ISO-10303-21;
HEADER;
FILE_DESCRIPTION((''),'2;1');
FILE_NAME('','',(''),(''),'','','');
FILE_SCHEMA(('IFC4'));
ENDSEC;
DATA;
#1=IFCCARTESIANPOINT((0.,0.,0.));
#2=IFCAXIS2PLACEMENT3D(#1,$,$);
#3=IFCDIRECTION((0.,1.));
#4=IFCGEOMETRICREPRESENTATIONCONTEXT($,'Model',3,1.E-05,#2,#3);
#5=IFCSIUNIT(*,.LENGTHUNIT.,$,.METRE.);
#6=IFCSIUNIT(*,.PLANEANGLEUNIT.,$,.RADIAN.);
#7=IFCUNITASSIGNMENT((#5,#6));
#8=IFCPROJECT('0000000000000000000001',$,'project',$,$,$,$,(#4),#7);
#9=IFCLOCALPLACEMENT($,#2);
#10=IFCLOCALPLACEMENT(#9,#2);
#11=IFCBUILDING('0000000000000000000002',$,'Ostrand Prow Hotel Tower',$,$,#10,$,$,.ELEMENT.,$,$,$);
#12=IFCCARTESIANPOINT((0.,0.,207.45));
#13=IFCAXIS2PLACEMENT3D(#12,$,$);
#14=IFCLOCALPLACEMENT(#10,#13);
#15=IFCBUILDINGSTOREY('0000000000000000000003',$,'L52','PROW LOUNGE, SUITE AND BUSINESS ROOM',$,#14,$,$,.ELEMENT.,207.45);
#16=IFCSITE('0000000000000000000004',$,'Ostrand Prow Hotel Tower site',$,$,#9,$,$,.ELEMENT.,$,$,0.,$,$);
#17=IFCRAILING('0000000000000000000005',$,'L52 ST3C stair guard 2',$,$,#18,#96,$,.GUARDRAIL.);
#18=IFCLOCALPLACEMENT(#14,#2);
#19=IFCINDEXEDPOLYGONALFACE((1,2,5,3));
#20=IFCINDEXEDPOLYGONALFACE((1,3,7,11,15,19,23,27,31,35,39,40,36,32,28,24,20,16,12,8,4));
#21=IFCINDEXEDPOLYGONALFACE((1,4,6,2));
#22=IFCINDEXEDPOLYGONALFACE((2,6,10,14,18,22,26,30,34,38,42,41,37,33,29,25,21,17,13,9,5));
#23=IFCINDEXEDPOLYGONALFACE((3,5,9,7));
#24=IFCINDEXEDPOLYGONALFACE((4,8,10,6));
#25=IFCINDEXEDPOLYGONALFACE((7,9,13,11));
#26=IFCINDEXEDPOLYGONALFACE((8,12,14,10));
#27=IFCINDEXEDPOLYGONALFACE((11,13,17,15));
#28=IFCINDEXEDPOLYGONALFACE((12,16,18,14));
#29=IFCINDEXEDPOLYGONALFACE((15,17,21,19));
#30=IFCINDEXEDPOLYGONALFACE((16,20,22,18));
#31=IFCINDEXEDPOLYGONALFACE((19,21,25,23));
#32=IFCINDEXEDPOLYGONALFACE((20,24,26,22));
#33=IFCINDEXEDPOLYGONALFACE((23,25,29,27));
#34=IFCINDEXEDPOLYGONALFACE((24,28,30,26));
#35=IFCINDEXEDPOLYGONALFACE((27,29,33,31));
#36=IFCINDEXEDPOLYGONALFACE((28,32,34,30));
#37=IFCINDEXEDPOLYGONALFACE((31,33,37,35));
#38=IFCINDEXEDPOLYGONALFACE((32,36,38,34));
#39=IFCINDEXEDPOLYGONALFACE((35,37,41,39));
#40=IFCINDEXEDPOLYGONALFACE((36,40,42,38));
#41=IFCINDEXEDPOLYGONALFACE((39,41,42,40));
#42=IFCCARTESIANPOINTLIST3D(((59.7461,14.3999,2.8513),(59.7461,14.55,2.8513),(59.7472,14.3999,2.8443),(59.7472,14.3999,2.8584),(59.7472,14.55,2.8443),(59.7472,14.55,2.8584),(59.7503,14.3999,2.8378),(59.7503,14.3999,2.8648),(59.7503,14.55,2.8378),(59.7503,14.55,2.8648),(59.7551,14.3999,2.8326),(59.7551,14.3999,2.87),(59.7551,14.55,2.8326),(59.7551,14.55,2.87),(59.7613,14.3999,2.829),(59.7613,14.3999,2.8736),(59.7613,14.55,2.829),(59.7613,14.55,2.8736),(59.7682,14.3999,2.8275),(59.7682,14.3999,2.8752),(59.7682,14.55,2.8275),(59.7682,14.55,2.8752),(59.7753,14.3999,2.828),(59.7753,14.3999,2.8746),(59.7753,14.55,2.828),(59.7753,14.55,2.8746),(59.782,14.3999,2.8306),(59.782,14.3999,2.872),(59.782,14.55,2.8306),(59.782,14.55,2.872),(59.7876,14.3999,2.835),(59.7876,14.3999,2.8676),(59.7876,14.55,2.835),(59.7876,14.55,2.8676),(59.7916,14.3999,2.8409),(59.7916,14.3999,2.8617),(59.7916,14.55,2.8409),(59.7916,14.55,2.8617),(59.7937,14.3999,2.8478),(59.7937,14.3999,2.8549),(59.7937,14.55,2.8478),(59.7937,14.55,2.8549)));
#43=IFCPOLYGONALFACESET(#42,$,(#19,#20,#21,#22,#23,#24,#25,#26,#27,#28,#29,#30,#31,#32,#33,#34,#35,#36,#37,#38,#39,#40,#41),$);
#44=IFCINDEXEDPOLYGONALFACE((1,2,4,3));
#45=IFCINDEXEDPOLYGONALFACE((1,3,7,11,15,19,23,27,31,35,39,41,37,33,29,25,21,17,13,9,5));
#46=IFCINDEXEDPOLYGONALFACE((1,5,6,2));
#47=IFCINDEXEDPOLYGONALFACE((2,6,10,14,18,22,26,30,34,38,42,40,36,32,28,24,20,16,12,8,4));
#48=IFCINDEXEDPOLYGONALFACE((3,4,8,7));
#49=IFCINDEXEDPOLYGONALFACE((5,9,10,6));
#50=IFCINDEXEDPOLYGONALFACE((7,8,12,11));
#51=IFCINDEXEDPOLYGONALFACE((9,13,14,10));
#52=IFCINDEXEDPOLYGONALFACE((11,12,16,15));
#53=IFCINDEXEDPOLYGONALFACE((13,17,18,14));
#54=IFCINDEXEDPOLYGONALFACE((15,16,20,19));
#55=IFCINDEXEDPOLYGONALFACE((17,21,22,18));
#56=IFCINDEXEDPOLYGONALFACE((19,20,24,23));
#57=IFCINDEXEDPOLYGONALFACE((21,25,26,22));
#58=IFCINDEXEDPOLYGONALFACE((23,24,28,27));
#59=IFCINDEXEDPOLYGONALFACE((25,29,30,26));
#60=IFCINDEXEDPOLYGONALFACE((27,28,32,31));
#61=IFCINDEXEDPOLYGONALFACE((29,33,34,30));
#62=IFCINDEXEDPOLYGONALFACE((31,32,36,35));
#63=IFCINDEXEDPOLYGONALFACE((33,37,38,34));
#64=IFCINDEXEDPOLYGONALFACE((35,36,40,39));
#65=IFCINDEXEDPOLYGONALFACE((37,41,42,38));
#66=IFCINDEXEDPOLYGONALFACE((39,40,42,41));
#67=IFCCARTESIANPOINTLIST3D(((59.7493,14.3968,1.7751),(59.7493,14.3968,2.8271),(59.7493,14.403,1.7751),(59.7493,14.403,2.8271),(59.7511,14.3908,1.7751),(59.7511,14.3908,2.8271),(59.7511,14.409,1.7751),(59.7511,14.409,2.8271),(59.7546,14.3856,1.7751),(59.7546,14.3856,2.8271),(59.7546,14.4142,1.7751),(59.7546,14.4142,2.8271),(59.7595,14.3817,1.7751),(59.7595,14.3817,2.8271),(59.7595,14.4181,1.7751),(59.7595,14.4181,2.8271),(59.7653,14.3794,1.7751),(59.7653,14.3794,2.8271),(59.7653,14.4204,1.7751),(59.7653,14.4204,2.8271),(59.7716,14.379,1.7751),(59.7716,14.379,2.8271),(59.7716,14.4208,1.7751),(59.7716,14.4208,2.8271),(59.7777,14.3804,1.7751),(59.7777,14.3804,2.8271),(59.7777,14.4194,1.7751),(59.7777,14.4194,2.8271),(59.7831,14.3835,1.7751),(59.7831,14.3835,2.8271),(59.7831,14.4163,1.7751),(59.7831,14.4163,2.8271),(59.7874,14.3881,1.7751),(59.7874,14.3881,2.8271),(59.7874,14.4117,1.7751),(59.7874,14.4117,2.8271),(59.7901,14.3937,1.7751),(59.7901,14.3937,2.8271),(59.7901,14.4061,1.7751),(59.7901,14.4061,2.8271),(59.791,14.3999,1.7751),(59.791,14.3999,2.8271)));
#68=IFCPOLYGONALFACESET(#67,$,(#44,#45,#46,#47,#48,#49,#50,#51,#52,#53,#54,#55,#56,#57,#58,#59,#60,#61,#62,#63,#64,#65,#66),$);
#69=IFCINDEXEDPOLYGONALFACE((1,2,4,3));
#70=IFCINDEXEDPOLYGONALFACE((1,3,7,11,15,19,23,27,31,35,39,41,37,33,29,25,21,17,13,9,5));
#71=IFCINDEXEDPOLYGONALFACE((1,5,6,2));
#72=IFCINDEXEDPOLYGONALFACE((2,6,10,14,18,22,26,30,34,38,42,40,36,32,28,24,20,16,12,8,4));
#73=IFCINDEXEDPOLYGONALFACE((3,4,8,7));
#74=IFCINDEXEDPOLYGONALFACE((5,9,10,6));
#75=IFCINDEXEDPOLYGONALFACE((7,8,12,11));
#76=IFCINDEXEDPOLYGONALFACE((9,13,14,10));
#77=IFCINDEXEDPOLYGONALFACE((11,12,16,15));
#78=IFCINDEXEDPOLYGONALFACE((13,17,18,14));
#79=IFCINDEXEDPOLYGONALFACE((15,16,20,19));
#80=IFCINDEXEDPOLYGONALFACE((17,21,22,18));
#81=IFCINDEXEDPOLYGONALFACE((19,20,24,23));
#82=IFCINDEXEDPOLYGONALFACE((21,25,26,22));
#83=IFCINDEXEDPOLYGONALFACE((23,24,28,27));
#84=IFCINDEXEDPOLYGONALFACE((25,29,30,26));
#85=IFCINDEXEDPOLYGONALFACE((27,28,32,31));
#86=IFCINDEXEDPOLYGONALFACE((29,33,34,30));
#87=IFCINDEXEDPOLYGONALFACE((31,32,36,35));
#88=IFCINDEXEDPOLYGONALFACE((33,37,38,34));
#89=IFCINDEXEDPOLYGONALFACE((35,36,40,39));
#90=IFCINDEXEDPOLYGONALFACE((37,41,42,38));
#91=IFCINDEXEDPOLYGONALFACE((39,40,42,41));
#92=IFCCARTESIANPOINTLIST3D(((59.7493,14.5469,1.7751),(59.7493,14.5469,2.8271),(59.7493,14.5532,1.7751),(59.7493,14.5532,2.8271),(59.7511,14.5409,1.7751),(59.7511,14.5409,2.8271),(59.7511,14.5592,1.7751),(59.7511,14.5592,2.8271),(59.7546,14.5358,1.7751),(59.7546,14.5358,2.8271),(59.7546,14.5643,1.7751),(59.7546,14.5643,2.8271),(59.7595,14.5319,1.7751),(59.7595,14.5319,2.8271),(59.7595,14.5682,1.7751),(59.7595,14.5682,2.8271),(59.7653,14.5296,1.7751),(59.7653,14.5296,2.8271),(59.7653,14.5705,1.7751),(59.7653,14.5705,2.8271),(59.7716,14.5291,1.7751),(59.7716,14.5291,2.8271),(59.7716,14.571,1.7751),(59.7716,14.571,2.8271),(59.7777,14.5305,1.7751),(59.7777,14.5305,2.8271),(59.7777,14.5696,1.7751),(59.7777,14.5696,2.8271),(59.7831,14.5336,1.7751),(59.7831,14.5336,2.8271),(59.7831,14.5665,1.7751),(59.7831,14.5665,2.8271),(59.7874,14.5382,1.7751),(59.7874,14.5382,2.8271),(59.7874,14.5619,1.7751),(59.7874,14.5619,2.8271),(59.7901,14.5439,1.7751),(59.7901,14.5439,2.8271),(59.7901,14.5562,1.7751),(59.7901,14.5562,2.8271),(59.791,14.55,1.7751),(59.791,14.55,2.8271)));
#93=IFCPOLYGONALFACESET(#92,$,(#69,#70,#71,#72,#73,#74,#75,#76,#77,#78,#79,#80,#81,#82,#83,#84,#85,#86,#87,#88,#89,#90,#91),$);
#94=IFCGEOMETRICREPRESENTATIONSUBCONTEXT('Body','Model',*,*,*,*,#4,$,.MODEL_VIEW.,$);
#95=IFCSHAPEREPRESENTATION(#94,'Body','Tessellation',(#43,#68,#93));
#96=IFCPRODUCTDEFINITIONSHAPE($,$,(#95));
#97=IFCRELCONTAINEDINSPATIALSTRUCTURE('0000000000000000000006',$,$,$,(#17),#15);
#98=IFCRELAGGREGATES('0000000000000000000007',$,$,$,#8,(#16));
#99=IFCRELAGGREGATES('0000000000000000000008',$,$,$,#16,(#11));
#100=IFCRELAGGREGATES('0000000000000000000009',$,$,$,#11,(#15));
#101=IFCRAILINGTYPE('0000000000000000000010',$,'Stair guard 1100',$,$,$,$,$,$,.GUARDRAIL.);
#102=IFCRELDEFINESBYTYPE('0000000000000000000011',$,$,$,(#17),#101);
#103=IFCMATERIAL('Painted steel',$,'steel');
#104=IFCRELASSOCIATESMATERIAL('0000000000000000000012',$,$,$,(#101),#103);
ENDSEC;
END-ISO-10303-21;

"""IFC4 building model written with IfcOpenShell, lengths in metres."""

from ifc_helpers import new_model, si_unit, direction, frame, origin, origin_2d, place, context, subcontext, project, spatial, circle, extrude, material, type_object, element, save


model = new_model("IFC4")

# Units and contexts
model_context = context("Model", 3, precision=1e-05, world=origin(), true_north=direction((0.0, 1.0)))
body_context = subcontext(model_context, "Body", "Model", "MODEL_VIEW")
ifc_project = project(units=[si_unit("LENGTHUNIT", "METRE"), si_unit("PLANEANGLEUNIT", "RADIAN")], contexts=[model_context])

# Site, building, storey
site_placement = place(None, origin())
site = spatial("IfcSite", under=ifc_project, at=site_placement, Name="Ostrand Prow Hotel Tower site", CompositionType="ELEMENT", RefElevation=0.0)
building_placement = place(site_placement, origin())
building = spatial("IfcBuilding", under=site, at=building_placement, Name="Ostrand Prow Hotel Tower", CompositionType="ELEMENT")
storey_placement = place(building_placement, frame((0.0, 0.0, 207.45)))
storey = spatial("IfcBuildingStorey", under=building, at=storey_placement, Name="L52", Description="PROW LOUNGE, SUITE AND BUSINESS ROOM", CompositionType="ELEMENT", Elevation=207.45)

# Railing
ifc_material_1 = material(Name="Painted steel", Category="steel")
railing_type_1 = type_object("IfcRailingType", Name="Stair guard 1100", PredefinedType="GUARDRAIL", material=ifc_material_1)
railing_1_placement = place(storey_placement, frame((59.77, 14.3999, 1.7751)))
element("IfcRailing", 1, at=railing_1_placement, inside=storey, type_object=railing_type_1, Name="L52 ST3C stair guard 2", PredefinedType="GUARDRAIL", context=body_context, shape_type="SweptSolid", body=[
    extrude(circle(Radius=0.0239, at=origin_2d()), frame((0.0, 0.0, 1.0762), z_axis=(0.0, 1.0, 0.0), x_axis=(-1.0, 0.0, 0.0)), (0.0, 0.0, 1.0), 0.1501),
    extrude(circle(Radius=0.021, at=origin_2d()), origin(), (0.0, 0.0, 1.0), 1.052),
    extrude(circle(Radius=0.021, at=origin_2d()), frame((0.0, 0.1501, 0.0)), (0.0, 0.0, 1.0), 1.052),
])

save(model, "model.ifc")
